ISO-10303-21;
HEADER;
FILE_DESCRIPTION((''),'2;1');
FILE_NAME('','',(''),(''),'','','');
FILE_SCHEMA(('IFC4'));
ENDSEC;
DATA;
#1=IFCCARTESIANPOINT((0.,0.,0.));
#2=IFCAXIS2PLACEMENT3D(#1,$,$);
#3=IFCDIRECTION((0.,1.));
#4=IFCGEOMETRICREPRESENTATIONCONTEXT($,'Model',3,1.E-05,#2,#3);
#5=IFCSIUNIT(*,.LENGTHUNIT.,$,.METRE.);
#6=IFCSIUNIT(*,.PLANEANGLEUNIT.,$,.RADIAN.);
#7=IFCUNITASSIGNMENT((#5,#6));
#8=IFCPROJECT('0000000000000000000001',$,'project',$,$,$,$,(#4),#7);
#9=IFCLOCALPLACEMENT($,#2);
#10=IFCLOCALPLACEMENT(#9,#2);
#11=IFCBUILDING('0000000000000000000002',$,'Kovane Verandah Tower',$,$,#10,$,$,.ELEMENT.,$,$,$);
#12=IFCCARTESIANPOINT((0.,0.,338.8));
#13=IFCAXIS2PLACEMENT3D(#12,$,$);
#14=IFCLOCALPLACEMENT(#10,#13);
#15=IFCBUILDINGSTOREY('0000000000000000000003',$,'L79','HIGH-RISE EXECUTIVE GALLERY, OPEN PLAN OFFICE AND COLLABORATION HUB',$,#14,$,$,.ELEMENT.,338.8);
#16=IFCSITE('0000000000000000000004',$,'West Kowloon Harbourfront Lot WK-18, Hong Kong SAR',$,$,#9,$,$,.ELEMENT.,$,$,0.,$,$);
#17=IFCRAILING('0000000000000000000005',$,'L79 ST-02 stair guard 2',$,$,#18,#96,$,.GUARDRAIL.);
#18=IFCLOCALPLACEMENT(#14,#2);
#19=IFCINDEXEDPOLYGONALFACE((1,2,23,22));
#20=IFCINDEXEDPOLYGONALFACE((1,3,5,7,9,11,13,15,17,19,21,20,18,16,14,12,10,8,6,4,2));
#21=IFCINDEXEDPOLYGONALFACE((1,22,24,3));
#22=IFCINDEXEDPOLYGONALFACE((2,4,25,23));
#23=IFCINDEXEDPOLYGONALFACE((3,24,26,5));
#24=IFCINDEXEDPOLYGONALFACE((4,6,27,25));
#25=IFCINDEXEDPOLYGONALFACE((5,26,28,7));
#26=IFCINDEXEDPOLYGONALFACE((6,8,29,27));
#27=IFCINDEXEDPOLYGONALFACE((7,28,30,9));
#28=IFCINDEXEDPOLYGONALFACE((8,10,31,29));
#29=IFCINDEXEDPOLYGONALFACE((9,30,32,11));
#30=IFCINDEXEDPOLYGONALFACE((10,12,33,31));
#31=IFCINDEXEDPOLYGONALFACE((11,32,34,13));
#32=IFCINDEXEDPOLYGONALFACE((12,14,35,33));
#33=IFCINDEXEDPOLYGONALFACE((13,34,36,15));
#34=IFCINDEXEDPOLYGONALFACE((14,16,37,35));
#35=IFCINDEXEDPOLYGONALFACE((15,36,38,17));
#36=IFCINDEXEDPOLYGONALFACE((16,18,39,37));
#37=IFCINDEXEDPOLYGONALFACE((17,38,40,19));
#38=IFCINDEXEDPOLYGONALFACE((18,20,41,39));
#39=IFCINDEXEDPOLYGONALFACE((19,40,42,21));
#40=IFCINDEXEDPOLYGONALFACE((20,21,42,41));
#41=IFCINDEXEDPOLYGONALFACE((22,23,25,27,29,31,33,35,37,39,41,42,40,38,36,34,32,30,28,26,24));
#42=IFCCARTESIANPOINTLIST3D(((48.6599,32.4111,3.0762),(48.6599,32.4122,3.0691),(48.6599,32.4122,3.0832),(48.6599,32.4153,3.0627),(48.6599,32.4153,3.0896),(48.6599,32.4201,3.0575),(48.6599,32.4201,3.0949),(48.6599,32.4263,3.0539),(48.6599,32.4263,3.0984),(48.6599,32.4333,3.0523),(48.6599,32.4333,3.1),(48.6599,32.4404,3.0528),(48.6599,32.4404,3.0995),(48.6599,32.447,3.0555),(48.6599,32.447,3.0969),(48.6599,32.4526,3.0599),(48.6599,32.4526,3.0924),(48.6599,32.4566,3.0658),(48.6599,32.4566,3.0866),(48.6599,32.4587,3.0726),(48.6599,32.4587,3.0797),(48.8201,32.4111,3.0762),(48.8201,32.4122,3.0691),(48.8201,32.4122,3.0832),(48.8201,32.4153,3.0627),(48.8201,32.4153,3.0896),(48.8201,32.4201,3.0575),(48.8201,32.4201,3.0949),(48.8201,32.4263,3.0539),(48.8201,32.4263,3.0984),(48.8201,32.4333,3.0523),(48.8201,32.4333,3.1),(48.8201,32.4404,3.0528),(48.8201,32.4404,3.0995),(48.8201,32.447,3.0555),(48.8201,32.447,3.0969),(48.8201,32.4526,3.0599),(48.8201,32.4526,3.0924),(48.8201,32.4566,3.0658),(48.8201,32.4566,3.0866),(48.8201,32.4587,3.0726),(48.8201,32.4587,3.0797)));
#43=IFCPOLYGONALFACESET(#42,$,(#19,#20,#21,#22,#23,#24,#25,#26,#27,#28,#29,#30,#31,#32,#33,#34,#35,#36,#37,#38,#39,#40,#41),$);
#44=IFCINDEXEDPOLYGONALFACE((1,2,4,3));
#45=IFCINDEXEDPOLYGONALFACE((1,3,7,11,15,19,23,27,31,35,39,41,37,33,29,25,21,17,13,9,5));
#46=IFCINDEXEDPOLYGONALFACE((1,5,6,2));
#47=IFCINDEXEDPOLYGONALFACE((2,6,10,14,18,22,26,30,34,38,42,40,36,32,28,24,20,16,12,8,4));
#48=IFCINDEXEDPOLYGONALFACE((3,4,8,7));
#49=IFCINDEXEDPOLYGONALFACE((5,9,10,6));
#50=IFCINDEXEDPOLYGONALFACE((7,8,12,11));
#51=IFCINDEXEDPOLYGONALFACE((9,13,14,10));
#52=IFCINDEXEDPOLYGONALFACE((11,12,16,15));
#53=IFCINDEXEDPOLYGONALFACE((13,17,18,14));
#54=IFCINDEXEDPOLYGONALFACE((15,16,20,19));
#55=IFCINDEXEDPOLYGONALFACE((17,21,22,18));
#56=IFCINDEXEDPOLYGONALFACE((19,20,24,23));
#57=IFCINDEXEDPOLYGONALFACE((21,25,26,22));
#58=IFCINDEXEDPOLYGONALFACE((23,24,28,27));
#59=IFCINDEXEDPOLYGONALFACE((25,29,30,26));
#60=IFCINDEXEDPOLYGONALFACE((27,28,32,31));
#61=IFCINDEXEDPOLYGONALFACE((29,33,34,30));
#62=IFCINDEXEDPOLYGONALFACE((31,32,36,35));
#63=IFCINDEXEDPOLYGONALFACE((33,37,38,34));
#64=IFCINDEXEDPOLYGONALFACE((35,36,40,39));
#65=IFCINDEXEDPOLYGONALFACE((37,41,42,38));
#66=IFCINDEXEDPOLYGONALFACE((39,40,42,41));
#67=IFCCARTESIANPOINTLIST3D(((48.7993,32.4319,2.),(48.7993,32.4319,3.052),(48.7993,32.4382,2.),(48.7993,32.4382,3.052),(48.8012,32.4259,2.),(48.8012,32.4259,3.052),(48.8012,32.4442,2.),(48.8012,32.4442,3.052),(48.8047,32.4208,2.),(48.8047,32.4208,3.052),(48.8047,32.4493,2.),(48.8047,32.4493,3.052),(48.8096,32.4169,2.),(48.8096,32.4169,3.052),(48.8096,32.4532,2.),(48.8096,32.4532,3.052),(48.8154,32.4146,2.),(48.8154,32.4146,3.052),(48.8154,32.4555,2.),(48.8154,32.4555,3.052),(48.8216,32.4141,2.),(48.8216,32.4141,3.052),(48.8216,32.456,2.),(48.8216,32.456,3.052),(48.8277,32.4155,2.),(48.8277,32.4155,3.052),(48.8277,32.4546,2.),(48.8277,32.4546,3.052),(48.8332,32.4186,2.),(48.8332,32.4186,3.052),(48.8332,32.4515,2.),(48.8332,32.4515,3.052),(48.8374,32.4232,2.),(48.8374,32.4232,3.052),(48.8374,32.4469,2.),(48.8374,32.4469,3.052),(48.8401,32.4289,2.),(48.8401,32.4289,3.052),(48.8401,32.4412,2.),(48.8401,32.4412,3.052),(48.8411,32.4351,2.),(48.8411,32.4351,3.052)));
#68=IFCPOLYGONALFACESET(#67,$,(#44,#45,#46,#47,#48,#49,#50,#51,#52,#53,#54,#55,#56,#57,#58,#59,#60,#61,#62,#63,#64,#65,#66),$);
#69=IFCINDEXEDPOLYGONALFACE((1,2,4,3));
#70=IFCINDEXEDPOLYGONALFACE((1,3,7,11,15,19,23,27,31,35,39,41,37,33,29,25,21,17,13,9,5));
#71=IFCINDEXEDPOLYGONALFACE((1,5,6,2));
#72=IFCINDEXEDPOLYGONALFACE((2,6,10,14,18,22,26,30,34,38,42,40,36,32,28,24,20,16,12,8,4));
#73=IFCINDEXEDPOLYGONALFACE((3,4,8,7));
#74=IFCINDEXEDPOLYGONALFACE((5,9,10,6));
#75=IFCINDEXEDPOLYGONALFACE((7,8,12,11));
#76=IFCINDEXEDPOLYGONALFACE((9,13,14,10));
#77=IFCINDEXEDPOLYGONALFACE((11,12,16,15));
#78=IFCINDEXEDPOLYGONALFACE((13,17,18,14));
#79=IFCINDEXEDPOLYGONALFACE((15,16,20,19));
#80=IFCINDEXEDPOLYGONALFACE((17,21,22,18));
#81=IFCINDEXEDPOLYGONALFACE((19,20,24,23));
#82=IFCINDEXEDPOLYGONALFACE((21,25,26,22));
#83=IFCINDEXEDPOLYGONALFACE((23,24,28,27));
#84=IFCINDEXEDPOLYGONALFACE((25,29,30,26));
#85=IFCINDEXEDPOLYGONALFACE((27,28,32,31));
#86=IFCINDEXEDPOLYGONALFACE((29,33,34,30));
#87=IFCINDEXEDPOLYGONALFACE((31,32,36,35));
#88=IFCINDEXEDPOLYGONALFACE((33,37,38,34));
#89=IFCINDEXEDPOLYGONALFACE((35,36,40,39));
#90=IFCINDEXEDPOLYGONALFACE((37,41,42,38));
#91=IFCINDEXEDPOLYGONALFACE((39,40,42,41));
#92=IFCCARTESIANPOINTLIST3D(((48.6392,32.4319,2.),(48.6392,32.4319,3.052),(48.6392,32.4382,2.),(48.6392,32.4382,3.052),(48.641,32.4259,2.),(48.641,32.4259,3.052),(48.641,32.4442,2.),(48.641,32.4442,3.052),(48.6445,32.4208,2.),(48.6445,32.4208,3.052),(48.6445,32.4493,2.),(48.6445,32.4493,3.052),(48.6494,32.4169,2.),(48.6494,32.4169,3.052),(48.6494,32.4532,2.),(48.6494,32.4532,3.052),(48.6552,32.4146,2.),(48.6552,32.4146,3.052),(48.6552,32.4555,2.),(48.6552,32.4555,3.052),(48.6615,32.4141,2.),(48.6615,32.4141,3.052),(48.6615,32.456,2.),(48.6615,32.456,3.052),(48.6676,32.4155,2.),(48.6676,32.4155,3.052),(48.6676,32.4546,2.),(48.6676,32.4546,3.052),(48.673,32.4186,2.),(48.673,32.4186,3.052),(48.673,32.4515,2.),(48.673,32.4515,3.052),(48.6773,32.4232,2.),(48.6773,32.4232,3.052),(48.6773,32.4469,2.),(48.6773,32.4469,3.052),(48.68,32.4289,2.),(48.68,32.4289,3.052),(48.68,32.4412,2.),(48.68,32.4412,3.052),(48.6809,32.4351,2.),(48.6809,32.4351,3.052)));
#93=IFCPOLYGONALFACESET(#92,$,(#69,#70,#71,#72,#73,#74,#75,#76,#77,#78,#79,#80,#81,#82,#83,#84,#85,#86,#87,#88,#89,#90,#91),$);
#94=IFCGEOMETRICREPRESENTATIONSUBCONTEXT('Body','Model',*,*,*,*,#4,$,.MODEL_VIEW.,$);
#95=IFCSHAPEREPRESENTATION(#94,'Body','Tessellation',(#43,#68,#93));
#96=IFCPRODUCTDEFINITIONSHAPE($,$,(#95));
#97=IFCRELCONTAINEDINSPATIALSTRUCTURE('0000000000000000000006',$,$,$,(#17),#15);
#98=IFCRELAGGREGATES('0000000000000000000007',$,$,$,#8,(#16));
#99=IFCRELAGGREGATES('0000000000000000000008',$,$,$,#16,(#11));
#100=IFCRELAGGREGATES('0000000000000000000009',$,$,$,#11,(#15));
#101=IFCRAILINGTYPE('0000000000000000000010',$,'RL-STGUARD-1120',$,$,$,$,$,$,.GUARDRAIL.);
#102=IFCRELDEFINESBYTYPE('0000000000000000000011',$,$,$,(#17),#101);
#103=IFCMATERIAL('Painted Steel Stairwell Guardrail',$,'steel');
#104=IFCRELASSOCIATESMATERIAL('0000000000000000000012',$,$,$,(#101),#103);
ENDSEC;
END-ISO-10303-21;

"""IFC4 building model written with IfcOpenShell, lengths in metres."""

from ifc_helpers import new_model, si_unit, direction, frame, origin, origin_2d, place, context, subcontext, project, spatial, circle, extrude, material, type_object, element, save


model = new_model("IFC4")

# Units and contexts
model_context = context("Model", 3, precision=1e-05, world=origin(), true_north=direction((0.0, 1.0)))
body_context = subcontext(model_context, "Body", "Model", "MODEL_VIEW")
ifc_project = project(units=[si_unit("LENGTHUNIT", "METRE"), si_unit("PLANEANGLEUNIT", "RADIAN")], contexts=[model_context])

# Site, building, storey
site_placement = place(None, origin())
site = spatial("IfcSite", under=ifc_project, at=site_placement, Name="West Kowloon Harbourfront Lot WK-18, Hong Kong SAR", CompositionType="ELEMENT", RefElevation=0.0)
building_placement = place(site_placement, origin())
building = spatial("IfcBuilding", under=site, at=building_placement, Name="Kovane Verandah Tower", CompositionType="ELEMENT")
storey_placement = place(building_placement, frame((0.0, 0.0, 338.8)))
storey = spatial("IfcBuildingStorey", under=building, at=storey_placement, Name="L79", Description="HIGH-RISE EXECUTIVE GALLERY, OPEN PLAN OFFICE AND COLLABORATION HUB", CompositionType="ELEMENT", Elevation=338.8)

# Railing
ifc_material_1 = material(Name="Painted Steel Stairwell Guardrail", Category="steel")
railing_type = type_object("IfcRailingType", Name="RL-STGUARD-1120", PredefinedType="GUARDRAIL", material=ifc_material_1)
railing_1_placement = place(storey_placement, frame((48.8201, 32.4351, 2.0)))
element("IfcRailing", 1, at=railing_1_placement, inside=storey, type_object=railing_type, Name="L79 ST-02 stair guard 2", PredefinedType="GUARDRAIL", context=body_context, shape_type="SweptSolid", body=[
    extrude(circle(Radius=0.0239, at=origin_2d()), frame((0.0, 0.0, 1.0762), z_axis=(-1.0, 0.0, 0.0), x_axis=(0.0, -1.0, 0.0)), (0.0, 0.0, 1.0), 0.1602),
    extrude(circle(Radius=0.021, at=origin_2d()), origin(), (0.0, 0.0, 1.0), 1.052),
    extrude(circle(Radius=0.021, at=origin_2d()), frame((-0.1602, 0.0, 0.0)), (0.0, 0.0, 1.0), 1.052),
])

save(model, "model.ifc")
